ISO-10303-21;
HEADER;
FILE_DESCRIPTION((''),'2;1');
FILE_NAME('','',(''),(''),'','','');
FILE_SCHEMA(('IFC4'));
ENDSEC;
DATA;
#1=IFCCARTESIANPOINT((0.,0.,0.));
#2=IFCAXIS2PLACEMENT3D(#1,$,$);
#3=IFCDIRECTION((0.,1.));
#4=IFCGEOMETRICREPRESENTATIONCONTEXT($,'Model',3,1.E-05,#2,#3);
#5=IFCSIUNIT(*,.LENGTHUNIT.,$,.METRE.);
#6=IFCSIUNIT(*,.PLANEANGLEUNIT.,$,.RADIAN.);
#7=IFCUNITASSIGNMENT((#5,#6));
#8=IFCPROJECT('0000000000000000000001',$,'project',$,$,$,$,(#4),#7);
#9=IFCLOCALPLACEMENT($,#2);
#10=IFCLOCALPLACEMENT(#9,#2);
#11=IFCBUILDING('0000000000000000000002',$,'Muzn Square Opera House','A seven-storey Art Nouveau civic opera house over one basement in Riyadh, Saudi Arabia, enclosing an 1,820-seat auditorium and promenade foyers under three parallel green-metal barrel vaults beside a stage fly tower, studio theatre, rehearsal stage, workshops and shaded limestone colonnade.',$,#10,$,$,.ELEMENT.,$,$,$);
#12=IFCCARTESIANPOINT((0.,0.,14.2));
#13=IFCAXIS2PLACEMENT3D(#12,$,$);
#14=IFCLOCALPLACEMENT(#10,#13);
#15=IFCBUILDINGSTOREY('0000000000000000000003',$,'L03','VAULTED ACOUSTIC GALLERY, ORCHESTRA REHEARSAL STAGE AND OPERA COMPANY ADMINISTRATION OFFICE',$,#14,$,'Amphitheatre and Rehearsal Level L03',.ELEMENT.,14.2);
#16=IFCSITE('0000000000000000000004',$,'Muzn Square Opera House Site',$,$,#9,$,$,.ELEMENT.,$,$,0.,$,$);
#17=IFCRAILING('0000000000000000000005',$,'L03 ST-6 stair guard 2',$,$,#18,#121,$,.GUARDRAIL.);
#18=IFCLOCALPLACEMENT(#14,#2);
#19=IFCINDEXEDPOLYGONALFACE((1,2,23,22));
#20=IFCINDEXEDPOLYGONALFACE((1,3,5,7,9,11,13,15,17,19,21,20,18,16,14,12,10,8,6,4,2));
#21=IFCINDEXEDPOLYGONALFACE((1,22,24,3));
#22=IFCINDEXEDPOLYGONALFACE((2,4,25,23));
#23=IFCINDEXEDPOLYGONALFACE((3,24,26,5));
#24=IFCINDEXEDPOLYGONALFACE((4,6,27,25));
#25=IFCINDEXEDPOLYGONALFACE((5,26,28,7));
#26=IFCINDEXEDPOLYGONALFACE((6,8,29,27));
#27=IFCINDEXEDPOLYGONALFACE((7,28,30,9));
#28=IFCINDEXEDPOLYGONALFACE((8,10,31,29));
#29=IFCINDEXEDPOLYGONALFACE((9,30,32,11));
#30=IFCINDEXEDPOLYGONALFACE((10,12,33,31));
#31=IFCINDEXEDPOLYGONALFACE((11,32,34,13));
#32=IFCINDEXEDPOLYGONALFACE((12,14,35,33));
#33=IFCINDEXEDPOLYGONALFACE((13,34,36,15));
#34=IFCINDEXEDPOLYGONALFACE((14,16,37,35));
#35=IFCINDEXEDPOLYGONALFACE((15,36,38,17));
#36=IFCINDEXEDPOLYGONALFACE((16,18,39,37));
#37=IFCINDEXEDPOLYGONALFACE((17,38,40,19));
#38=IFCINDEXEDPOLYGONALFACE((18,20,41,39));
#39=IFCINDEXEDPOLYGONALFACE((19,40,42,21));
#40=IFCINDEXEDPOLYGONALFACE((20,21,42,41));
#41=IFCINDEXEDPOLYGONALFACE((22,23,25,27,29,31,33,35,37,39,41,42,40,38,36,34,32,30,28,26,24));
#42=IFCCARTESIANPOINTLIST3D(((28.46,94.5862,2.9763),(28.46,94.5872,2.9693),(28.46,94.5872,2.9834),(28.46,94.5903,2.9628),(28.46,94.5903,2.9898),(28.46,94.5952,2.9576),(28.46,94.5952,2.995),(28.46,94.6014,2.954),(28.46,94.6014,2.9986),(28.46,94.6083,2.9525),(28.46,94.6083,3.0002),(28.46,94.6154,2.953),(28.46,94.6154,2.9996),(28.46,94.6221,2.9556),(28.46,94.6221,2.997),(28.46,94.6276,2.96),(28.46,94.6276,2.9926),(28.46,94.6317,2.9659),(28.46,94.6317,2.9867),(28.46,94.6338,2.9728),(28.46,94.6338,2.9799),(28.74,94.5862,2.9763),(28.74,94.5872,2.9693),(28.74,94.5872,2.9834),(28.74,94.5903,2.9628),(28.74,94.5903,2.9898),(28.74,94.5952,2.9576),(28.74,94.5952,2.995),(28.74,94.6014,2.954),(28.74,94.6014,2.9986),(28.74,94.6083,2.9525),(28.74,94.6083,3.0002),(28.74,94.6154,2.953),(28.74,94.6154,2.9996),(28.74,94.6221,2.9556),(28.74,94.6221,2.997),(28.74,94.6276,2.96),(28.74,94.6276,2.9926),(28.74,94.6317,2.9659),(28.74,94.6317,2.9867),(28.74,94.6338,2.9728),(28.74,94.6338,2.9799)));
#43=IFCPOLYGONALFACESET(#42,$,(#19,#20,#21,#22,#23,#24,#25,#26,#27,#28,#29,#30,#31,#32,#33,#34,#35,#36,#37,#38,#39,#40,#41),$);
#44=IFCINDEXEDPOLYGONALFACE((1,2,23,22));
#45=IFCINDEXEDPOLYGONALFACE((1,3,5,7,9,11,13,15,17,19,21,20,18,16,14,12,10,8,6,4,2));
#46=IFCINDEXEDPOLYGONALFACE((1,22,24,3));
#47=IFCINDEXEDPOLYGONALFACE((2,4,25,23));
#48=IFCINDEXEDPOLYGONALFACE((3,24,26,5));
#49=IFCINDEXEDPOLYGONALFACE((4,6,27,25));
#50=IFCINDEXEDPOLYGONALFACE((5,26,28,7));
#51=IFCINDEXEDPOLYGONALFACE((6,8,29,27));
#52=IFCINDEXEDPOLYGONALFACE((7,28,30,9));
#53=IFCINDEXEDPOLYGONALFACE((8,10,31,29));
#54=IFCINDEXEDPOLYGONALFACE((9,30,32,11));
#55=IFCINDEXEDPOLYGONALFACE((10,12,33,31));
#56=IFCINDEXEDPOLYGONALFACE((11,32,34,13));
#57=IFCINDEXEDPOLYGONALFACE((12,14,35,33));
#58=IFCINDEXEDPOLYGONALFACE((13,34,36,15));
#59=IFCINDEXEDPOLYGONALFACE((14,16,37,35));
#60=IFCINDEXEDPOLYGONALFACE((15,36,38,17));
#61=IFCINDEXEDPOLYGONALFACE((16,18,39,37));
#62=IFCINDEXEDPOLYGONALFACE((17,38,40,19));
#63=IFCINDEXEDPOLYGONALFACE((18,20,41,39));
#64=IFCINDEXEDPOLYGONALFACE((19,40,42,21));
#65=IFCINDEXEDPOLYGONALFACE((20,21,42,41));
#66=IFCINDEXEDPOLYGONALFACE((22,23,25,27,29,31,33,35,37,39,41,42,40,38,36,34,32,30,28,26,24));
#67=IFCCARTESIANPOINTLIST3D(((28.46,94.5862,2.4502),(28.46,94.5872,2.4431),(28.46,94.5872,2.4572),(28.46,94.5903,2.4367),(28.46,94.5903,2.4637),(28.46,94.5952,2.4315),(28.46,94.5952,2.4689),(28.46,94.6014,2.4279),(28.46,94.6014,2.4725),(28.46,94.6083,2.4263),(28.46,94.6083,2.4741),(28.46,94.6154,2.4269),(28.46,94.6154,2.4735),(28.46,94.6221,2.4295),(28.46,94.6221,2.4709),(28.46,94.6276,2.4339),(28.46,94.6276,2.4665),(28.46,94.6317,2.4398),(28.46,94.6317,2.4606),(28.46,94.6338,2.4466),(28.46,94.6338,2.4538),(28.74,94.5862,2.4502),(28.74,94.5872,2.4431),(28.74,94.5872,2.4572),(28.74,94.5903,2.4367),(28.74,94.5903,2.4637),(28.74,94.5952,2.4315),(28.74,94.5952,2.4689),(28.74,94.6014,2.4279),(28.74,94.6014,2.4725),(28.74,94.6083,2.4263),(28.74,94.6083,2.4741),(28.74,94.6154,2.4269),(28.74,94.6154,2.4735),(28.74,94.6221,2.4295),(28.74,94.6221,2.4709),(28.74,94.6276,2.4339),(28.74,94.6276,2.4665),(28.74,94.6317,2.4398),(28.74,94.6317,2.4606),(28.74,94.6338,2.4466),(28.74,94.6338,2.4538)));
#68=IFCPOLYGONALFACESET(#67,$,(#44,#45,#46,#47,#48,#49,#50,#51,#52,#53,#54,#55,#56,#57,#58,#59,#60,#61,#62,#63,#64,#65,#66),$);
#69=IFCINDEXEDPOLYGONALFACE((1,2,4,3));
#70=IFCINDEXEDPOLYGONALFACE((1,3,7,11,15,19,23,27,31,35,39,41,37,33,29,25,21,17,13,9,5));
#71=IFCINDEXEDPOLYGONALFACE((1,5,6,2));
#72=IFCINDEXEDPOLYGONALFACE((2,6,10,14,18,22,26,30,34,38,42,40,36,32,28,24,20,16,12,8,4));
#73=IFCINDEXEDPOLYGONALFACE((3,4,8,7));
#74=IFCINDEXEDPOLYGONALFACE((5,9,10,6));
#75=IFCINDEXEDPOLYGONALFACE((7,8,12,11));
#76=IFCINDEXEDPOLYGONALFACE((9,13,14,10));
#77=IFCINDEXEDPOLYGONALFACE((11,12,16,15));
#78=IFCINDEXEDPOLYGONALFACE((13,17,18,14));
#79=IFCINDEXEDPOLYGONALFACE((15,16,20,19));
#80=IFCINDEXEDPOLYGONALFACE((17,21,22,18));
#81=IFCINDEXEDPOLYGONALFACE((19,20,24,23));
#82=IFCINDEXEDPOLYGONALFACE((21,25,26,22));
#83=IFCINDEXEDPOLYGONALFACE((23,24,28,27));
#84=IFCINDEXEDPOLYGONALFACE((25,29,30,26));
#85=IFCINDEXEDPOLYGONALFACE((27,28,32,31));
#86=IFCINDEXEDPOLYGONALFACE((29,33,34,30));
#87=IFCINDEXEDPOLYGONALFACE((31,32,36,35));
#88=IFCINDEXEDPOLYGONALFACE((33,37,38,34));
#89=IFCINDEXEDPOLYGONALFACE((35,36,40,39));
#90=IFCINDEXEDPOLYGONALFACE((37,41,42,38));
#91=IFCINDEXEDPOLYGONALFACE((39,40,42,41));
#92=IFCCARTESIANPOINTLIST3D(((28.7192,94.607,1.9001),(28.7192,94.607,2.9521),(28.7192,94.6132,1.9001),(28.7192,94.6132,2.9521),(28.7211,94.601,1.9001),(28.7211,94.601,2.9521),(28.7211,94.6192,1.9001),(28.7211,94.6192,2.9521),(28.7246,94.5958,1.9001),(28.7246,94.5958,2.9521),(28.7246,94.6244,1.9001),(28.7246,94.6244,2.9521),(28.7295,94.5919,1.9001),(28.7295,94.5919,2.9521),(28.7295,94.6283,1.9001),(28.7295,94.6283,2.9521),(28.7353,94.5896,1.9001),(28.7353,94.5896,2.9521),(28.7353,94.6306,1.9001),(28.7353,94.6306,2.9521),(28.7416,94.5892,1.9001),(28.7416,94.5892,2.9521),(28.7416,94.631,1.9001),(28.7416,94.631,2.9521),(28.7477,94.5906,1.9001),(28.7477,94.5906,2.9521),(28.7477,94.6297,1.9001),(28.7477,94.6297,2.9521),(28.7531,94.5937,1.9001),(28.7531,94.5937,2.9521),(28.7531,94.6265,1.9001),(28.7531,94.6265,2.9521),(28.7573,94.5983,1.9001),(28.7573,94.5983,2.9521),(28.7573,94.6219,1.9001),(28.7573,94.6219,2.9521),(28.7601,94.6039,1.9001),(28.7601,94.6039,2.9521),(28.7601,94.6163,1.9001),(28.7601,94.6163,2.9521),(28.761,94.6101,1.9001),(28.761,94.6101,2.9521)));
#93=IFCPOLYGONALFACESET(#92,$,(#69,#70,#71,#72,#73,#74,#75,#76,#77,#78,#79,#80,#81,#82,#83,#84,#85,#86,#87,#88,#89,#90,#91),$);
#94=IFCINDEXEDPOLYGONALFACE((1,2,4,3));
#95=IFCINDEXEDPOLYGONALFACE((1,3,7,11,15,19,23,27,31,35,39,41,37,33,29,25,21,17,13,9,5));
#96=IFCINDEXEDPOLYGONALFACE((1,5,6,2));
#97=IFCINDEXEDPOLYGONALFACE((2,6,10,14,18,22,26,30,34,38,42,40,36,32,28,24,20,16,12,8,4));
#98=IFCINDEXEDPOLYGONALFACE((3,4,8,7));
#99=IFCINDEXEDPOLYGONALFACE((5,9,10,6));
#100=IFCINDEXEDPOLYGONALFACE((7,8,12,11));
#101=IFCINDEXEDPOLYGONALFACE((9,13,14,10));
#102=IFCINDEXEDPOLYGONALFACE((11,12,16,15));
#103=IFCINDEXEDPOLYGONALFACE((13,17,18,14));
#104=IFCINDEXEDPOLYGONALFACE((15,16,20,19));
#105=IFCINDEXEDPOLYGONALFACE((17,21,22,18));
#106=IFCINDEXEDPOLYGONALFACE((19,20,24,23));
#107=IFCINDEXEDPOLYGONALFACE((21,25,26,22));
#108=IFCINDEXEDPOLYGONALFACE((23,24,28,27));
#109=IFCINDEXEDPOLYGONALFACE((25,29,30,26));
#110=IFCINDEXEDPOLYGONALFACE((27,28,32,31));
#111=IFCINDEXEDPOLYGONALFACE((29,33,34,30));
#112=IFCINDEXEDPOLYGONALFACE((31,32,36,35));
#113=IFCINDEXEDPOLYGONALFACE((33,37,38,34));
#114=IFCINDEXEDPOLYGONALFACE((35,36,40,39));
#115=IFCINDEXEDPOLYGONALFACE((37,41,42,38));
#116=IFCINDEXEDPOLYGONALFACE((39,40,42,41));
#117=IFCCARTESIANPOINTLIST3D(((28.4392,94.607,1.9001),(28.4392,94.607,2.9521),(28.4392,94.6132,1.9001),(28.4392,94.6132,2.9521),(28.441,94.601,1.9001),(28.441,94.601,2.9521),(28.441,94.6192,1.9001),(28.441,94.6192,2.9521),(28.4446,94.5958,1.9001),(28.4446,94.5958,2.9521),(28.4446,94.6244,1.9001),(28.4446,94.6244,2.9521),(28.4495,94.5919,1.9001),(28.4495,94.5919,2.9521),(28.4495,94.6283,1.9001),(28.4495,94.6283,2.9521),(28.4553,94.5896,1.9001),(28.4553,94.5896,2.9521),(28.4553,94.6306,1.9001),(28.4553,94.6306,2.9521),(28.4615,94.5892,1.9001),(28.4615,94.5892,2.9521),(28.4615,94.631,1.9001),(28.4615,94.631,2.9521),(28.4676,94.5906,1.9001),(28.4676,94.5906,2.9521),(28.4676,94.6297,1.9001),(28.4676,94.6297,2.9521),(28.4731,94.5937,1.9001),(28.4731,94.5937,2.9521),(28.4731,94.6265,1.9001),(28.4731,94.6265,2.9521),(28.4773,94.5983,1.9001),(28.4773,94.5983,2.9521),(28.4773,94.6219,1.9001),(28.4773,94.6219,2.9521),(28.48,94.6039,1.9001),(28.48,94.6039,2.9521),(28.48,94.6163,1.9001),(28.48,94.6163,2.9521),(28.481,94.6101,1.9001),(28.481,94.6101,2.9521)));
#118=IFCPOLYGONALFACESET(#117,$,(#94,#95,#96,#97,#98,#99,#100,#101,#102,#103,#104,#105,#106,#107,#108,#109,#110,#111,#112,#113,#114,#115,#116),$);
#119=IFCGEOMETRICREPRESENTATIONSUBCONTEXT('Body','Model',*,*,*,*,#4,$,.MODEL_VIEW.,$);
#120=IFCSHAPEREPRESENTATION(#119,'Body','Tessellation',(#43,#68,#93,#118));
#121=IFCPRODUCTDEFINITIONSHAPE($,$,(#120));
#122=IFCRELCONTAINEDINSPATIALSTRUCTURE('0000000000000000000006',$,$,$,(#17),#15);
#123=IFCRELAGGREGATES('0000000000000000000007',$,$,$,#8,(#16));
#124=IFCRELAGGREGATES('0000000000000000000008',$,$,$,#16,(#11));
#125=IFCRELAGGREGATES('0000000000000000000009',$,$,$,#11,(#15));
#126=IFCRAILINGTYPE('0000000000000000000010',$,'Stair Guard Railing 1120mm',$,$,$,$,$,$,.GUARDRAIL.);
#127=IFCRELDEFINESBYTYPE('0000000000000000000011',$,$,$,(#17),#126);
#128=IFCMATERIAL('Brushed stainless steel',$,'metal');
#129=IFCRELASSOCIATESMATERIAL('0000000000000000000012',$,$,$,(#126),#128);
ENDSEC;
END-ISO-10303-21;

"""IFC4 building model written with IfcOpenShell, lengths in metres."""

from ifc_helpers import new_model, si_unit, direction, frame, origin, origin_2d, place, context, subcontext, project, spatial, circle, extrude, material, type_object, element, save


model = new_model("IFC4")

# Units and contexts
model_context = context("Model", 3, precision=1e-05, world=origin(), true_north=direction((0.0, 1.0)))
body_context = subcontext(model_context, "Body", "Model", "MODEL_VIEW")
ifc_project = project(units=[si_unit("LENGTHUNIT", "METRE"), si_unit("PLANEANGLEUNIT", "RADIAN")], contexts=[model_context])

# Site, building, storey
site_placement = place(None, origin())
site = spatial("IfcSite", under=ifc_project, at=site_placement, Name="Muzn Square Opera House Site", CompositionType="ELEMENT", RefElevation=0.0)
building_placement = place(site_placement, origin())
building = spatial("IfcBuilding", under=site, at=building_placement, Name="Muzn Square Opera House", Description="A seven-storey Art Nouveau civic opera house over one basement in Riyadh, Saudi Arabia, enclosing an 1,820-seat auditorium and promenade foyers under three parallel green-metal barrel vaults beside a stage fly tower, studio theatre, rehearsal stage, workshops and shaded limestone colonnade.", CompositionType="ELEMENT")
storey_placement = place(building_placement, frame((0.0, 0.0, 14.2)))
storey = spatial("IfcBuildingStorey", under=building, at=storey_placement, Name="L03", Description="VAULTED ACOUSTIC GALLERY, ORCHESTRA REHEARSAL STAGE AND OPERA COMPANY ADMINISTRATION OFFICE", LongName="Amphitheatre and Rehearsal Level L03", CompositionType="ELEMENT", Elevation=14.2)

# Railing
ifc_material_1 = material(Name="Brushed stainless steel", Category="metal")
railing_type_1 = type_object("IfcRailingType", Name="Stair Guard Railing 1120mm", PredefinedType="GUARDRAIL", material=ifc_material_1)
railing_1_placement = place(storey_placement, frame((28.74, 94.6101, 1.9001)))
element("IfcRailing", 1, at=railing_1_placement, inside=storey, type_object=railing_type_1, Name="L03 ST-6 stair guard 2", PredefinedType="GUARDRAIL", context=body_context, shape_type="SweptSolid", body=[
    extrude(circle(Radius=0.0239, at=origin_2d()), frame((0.0, 0.0, 1.0762), z_axis=(-1.0, 0.0, 0.0), x_axis=(0.0, -1.0, 0.0)), (0.0, 0.0, 1.0), 0.28),
    extrude(circle(Radius=0.0239, at=origin_2d()), frame((0.0, 0.0, 0.55), z_axis=(-1.0, 0.0, 0.0), x_axis=(0.0, -1.0, 0.0)), (0.0, 0.0, 1.0), 0.28),
    extrude(circle(Radius=0.021, at=origin_2d()), origin(), (0.0, 0.0, 1.0), 1.052),
    extrude(circle(Radius=0.021, at=origin_2d()), frame((-0.28, 0.0, 0.0)), (0.0, 0.0, 1.0), 1.052),
])

save(model, "model.ifc")
